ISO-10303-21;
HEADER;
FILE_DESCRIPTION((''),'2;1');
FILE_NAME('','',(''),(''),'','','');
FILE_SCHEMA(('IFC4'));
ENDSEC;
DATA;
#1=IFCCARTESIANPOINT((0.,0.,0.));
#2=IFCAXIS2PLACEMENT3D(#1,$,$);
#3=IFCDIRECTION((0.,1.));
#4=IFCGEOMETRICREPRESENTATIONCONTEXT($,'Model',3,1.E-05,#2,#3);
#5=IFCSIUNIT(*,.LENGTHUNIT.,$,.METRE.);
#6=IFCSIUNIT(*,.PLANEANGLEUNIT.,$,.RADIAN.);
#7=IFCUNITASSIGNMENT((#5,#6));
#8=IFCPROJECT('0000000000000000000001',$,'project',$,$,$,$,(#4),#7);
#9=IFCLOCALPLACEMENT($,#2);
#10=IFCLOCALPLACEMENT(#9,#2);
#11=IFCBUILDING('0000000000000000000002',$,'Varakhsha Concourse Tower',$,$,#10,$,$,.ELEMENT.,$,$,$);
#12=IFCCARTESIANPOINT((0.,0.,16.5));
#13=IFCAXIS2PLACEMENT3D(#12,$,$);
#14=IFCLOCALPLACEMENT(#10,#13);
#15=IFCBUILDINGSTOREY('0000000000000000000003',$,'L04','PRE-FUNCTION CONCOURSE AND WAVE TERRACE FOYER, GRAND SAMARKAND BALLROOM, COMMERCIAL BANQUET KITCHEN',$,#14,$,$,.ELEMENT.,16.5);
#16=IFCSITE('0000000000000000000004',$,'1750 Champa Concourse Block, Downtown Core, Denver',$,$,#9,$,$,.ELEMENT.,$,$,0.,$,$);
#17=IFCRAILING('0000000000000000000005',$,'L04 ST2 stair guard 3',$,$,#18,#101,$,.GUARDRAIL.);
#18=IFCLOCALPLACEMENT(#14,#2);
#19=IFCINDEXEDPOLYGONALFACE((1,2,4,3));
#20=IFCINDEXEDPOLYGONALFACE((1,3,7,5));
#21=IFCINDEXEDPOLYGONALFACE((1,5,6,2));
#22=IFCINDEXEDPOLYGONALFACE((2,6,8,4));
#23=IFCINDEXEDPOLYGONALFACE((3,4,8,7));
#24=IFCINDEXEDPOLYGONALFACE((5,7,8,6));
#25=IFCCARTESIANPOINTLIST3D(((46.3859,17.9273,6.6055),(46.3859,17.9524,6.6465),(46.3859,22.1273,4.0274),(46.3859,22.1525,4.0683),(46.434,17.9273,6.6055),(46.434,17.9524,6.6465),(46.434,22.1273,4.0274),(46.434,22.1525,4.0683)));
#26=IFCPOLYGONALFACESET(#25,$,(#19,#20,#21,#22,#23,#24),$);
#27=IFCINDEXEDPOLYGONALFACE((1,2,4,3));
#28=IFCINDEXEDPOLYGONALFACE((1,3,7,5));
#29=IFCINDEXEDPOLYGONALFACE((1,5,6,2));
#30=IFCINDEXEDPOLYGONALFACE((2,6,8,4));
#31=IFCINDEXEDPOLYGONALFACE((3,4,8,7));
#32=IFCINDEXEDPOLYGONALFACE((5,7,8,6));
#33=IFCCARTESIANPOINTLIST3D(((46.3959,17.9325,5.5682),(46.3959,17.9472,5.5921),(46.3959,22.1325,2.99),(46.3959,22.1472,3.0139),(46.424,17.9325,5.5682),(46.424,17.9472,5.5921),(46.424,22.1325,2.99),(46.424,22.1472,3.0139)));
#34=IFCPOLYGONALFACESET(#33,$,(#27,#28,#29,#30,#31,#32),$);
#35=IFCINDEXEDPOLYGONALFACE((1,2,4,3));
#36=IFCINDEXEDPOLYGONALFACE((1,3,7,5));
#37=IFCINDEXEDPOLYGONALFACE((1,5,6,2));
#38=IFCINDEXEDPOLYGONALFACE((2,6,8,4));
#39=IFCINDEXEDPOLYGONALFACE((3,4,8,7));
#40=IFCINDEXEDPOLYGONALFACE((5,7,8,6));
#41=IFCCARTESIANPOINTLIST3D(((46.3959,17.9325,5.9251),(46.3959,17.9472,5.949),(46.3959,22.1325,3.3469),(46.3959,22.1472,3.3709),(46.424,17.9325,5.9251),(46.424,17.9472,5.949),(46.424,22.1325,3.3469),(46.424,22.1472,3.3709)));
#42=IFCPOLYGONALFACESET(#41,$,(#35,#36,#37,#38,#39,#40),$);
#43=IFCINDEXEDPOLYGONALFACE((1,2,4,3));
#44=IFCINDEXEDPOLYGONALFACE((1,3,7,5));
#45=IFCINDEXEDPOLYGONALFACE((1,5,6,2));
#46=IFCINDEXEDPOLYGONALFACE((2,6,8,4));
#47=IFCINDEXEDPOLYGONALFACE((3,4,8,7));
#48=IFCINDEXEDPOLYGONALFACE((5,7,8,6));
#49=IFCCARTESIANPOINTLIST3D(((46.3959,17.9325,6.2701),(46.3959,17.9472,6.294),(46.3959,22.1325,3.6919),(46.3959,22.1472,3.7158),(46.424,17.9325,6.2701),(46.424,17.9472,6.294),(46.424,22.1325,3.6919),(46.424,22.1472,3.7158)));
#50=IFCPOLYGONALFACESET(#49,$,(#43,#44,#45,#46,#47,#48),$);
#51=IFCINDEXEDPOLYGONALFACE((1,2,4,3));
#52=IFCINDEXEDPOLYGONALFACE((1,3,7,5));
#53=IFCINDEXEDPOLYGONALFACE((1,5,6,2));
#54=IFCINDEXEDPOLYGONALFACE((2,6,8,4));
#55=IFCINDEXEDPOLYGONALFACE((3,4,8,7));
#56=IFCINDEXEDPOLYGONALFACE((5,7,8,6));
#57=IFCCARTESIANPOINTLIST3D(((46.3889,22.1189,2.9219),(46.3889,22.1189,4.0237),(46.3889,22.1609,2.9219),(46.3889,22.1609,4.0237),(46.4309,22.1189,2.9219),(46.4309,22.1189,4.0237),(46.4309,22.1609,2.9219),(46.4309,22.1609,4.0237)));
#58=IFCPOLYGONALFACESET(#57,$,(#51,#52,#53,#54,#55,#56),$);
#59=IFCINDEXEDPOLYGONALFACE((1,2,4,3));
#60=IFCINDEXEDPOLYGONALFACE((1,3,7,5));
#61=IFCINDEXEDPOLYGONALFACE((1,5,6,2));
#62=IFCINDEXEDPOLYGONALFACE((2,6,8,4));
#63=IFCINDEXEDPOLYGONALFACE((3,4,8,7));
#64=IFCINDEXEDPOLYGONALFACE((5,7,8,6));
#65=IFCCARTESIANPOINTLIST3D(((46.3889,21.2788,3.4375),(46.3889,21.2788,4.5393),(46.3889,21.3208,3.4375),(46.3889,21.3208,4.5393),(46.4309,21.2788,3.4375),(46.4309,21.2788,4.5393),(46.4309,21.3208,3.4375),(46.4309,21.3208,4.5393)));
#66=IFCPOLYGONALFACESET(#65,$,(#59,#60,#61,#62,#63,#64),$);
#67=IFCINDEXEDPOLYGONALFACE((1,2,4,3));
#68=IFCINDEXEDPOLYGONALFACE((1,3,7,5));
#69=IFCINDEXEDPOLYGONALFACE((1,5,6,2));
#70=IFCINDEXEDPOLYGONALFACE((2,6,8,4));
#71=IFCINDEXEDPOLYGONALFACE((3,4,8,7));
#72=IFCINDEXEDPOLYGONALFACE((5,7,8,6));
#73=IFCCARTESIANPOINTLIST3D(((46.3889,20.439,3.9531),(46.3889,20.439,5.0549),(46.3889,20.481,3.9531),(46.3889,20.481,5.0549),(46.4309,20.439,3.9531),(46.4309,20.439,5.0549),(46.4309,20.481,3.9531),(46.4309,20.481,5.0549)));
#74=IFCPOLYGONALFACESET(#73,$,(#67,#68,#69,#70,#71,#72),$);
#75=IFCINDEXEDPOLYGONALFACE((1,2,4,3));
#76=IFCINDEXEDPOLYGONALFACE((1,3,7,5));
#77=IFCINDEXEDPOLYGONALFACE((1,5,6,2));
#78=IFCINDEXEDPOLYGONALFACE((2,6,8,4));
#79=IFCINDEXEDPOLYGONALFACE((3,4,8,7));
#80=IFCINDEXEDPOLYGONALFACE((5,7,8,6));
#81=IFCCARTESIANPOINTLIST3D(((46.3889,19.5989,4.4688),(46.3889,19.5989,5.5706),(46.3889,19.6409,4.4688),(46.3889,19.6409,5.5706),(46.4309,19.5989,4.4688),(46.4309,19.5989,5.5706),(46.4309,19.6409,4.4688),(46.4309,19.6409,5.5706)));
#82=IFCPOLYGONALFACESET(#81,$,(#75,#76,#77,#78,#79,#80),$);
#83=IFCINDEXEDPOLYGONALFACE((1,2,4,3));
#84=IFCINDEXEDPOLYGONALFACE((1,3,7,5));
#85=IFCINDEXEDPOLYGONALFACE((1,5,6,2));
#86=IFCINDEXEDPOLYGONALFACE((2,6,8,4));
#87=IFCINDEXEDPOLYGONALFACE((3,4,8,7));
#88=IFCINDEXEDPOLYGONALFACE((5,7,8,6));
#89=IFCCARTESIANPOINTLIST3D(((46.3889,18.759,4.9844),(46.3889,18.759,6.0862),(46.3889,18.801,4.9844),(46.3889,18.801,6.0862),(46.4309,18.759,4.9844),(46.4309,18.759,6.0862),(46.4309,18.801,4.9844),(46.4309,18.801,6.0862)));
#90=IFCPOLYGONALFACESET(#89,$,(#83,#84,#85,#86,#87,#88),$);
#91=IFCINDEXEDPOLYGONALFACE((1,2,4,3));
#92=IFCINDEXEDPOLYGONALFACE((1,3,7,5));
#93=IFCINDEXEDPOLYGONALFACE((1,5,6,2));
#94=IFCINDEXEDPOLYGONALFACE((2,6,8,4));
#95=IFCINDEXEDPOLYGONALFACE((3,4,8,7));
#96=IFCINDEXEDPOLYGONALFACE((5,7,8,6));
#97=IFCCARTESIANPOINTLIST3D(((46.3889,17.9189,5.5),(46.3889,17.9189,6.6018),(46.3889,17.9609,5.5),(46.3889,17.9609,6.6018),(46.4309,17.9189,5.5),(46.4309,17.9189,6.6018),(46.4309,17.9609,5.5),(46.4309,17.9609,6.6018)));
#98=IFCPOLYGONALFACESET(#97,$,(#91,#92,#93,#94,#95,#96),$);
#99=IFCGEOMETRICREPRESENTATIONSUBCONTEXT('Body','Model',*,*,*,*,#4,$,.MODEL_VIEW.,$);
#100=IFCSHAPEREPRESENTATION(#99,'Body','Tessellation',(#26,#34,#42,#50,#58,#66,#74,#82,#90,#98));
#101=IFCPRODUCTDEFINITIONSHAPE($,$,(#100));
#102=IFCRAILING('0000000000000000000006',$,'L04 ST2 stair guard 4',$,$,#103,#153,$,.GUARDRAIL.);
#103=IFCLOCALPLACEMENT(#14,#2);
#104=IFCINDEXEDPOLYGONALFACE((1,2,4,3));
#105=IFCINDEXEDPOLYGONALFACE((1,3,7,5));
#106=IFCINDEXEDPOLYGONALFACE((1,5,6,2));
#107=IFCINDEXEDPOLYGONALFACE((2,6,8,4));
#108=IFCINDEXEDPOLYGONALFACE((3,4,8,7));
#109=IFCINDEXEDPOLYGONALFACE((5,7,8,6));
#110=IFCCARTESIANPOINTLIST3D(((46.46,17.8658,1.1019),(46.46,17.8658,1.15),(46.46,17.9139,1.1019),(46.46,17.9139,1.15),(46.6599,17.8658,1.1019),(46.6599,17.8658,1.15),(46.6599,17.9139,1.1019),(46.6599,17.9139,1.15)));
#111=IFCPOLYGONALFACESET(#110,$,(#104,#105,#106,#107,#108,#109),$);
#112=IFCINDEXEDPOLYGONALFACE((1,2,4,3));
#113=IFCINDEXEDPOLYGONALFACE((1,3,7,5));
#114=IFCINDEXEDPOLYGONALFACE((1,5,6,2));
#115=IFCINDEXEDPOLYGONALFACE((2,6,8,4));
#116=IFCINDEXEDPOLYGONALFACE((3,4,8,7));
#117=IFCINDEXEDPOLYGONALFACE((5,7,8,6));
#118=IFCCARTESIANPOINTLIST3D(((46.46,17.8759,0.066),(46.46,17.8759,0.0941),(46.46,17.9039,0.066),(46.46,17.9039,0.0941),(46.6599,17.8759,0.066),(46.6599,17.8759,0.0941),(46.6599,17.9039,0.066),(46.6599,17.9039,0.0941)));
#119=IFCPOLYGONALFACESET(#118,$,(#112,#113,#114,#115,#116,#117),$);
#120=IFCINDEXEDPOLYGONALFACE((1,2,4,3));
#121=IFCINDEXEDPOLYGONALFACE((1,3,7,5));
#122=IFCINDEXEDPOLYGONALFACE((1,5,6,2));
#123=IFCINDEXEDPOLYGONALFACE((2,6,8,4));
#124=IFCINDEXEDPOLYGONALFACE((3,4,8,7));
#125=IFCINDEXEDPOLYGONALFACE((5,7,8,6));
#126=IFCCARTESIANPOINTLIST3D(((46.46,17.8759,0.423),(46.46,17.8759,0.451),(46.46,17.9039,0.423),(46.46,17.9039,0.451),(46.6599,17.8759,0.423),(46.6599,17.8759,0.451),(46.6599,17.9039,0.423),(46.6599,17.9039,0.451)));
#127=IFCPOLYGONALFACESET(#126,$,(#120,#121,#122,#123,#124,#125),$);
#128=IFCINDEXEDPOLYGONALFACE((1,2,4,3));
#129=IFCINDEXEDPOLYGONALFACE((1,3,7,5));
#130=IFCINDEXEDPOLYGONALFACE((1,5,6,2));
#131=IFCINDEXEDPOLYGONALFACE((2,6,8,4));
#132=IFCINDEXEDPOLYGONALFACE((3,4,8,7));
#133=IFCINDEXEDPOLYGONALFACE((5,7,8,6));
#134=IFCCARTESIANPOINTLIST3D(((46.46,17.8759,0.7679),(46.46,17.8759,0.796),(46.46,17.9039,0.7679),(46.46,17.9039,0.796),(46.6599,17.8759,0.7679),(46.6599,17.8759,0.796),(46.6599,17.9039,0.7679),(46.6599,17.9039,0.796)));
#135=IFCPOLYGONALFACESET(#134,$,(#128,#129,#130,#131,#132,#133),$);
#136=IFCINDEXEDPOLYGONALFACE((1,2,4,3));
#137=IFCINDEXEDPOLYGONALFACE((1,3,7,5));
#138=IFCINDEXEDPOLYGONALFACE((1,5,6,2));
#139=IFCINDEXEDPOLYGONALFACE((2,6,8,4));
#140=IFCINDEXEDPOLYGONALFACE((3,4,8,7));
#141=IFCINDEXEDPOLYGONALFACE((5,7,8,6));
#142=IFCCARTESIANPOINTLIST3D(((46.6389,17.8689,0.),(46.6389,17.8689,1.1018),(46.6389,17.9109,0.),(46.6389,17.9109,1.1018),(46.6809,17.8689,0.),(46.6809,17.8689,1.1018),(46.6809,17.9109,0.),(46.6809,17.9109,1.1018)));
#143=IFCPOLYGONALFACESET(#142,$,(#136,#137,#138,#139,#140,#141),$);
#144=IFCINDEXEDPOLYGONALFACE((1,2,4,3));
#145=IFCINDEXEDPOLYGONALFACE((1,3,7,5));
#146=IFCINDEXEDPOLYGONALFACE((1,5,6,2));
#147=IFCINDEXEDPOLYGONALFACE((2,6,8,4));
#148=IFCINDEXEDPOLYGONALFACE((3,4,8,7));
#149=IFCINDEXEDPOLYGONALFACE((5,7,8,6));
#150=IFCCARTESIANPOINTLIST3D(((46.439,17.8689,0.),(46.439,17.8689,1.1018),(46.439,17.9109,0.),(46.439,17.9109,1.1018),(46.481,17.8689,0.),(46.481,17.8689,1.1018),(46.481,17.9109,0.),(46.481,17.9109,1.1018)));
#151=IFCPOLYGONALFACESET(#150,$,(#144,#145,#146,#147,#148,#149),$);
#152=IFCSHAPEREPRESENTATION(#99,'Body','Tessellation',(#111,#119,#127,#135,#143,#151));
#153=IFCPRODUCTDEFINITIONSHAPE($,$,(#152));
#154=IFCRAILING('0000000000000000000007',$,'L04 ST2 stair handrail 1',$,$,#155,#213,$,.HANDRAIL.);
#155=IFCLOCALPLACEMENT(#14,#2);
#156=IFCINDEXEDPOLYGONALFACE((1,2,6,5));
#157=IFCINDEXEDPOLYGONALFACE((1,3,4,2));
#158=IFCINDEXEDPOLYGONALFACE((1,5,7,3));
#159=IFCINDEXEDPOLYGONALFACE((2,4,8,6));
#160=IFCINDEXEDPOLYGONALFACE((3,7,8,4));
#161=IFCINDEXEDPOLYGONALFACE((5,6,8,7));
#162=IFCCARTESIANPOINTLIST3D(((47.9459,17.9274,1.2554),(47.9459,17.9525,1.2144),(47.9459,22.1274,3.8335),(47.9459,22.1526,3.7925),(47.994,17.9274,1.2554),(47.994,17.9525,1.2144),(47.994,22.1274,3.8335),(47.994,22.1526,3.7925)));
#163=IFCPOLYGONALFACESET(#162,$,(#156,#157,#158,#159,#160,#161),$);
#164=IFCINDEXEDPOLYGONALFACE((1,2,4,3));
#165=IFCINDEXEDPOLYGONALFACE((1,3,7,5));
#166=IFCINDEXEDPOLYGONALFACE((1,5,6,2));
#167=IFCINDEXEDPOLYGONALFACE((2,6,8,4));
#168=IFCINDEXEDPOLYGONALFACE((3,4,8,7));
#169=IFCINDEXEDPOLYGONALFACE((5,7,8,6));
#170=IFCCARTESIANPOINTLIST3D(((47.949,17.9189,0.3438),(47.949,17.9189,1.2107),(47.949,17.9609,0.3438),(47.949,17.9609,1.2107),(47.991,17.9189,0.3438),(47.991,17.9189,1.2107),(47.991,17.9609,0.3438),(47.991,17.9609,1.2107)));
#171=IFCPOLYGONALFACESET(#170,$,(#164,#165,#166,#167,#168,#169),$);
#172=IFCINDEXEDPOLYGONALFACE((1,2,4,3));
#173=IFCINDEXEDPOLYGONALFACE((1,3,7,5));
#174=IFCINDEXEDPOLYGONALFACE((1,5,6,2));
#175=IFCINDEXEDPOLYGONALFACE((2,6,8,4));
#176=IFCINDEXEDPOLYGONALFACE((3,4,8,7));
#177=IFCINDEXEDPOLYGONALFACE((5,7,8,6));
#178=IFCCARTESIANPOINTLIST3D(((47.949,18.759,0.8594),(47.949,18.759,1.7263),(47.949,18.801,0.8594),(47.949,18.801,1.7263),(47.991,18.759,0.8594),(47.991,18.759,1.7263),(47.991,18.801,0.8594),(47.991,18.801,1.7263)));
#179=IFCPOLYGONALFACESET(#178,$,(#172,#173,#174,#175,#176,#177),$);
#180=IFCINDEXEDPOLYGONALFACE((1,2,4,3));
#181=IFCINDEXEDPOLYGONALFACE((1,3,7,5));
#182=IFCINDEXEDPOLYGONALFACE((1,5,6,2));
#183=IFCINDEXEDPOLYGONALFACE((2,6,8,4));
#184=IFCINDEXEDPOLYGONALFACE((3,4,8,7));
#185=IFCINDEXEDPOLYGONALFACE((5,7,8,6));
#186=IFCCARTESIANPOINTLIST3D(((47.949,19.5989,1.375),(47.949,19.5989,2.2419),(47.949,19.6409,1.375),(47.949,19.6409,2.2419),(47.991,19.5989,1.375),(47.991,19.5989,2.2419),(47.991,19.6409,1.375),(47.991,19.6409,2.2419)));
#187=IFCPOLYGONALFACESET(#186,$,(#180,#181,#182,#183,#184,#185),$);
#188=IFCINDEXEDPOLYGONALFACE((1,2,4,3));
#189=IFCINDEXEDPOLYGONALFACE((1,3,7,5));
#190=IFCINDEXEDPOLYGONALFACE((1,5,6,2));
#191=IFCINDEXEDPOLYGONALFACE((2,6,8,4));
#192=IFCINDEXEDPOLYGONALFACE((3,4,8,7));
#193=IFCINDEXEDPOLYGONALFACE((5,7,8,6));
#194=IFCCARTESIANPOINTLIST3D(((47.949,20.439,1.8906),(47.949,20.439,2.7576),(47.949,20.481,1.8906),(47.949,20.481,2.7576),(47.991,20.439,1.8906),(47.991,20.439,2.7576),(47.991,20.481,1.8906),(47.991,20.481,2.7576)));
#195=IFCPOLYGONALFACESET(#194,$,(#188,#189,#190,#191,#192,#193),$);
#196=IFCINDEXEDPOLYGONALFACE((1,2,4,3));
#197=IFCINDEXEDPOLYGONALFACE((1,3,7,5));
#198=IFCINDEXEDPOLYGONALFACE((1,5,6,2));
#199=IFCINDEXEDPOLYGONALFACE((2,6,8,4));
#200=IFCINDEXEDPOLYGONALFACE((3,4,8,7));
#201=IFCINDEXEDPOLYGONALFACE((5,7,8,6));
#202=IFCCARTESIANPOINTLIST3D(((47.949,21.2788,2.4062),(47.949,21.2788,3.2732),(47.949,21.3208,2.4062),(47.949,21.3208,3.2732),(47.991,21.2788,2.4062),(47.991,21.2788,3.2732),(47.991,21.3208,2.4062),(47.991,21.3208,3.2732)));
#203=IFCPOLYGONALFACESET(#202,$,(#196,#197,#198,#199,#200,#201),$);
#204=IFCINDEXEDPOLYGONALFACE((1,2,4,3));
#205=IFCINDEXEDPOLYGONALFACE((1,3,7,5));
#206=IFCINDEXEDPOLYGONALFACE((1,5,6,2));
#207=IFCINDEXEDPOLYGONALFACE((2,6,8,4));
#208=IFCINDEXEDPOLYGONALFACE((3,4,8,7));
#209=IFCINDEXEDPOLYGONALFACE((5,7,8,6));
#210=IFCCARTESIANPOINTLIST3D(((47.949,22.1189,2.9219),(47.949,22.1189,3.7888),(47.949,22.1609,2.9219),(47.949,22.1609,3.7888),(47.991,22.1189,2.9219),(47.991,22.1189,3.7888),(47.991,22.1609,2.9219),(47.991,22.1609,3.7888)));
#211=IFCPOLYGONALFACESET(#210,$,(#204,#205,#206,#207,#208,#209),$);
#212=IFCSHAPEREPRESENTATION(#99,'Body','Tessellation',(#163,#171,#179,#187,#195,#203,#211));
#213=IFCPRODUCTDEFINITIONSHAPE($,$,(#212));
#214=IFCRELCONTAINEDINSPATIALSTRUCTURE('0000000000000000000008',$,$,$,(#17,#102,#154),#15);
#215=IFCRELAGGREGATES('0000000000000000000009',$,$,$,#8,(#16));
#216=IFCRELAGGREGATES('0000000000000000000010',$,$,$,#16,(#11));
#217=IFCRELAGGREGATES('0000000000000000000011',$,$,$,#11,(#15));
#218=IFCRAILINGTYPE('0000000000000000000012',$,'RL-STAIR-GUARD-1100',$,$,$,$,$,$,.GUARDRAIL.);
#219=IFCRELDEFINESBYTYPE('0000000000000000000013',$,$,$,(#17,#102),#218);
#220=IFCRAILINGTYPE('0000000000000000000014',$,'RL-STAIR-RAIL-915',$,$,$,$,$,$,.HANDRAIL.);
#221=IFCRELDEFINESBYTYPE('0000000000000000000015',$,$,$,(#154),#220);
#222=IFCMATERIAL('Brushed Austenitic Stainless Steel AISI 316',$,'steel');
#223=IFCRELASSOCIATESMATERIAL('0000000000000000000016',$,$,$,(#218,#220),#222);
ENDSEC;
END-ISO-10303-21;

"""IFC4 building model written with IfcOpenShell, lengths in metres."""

from ifc_helpers import new_model, si_unit, direction, frame, origin, origin_2d, place, context, subcontext, project, spatial, rectangle, extrude, material, type_object, element, save


model = new_model("IFC4")

# Units and contexts
model_context = context("Model", 3, precision=1e-05, world=origin(), true_north=direction((0.0, 1.0)))
body_context = subcontext(model_context, "Body", "Model", "MODEL_VIEW")
ifc_project = project(units=[si_unit("LENGTHUNIT", "METRE"), si_unit("PLANEANGLEUNIT", "RADIAN")], contexts=[model_context])

# Site, building, storey
site_placement = place(None, origin())
site = spatial("IfcSite", under=ifc_project, at=site_placement, Name="1750 Champa Concourse Block, Downtown Core, Denver", CompositionType="ELEMENT", RefElevation=0.0)
building_placement = place(site_placement, origin())
building = spatial("IfcBuilding", under=site, at=building_placement, Name="Varakhsha Concourse Tower", CompositionType="ELEMENT")
storey_placement = place(building_placement, frame((0.0, 0.0, 16.5)))
storey = spatial("IfcBuildingStorey", under=building, at=storey_placement, Name="L04", Description="PRE-FUNCTION CONCOURSE AND WAVE TERRACE FOYER, GRAND SAMARKAND BALLROOM, COMMERCIAL BANQUET KITCHEN", CompositionType="ELEMENT", Elevation=16.5)

# Railings
ifc_material_1 = material(Name="Brushed Austenitic Stainless Steel AISI 316", Category="steel")
railing_type_1 = type_object("IfcRailingType", Name="RL-STAIR-GUARD-1100", PredefinedType="GUARDRAIL", material=ifc_material_1)
railing_1_placement = place(storey_placement, frame((46.4099, 22.1399, 2.9219)))
element("IfcRailing", 1, at=railing_1_placement, inside=storey, type_object=railing_type_1, Name="L04 ST2 stair guard 3", PredefinedType="GUARDRAIL", context=body_context, shape_type="SweptSolid", body=[
    extrude(rectangle(XDim=0.0481, YDim=0.0481, at=origin_2d()), frame((0.0, 0.0, 1.126), z_axis=(0.0, -0.852243, 0.523146), x_axis=(1.0, 0.0, 0.0)), (0.0, 0.0, 1.0), 4.9282),
    extrude(rectangle(XDim=0.0281, YDim=0.0281, at=origin_2d()), frame((0.0, 0.0, 0.0801), z_axis=(0.0, -0.852243, 0.523146), x_axis=(1.0, 0.0, 0.0)), (0.0, 0.0, 1.0), 4.9282),
    extrude(rectangle(XDim=0.0281, YDim=0.0281, at=origin_2d()), frame((0.0, 0.0, 0.437), z_axis=(0.0, -0.852243, 0.523146), x_axis=(1.0, 0.0, 0.0)), (0.0, 0.0, 1.0), 4.9282),
    extrude(rectangle(XDim=0.0281, YDim=0.0281, at=origin_2d()), frame((0.0, 0.0, 0.782), z_axis=(0.0, -0.852243, 0.523146), x_axis=(1.0, 0.0, 0.0)), (0.0, 0.0, 1.0), 4.9282),
    extrude(rectangle(XDim=0.042, YDim=0.042, at=origin_2d()), origin(), (0.0, 0.0, 1.0), 1.1018),
    extrude(rectangle(XDim=0.042, YDim=0.042, at=origin_2d()), frame((0.0, -0.8401, 0.5156)), (0.0, 0.0, 1.0), 1.1018),
    extrude(rectangle(XDim=0.042, YDim=0.042, at=origin_2d()), frame((0.0, -1.6799, 1.0312)), (0.0, 0.0, 1.0), 1.1018),
    extrude(rectangle(XDim=0.042, YDim=0.042, at=origin_2d()), frame((0.0, -2.52, 1.5469)), (0.0, 0.0, 1.0), 1.1018),
    extrude(rectangle(XDim=0.042, YDim=0.042, at=origin_2d()), frame((0.0, -3.3599, 2.0625)), (0.0, 0.0, 1.0), 1.1018),
    extrude(rectangle(XDim=0.042, YDim=0.042, at=origin_2d()), frame((0.0, -4.2, 2.5781)), (0.0, 0.0, 1.0), 1.1018),
])
railing_2_placement = place(storey_placement, frame((46.6599, 17.8899, 0.0)))
element("IfcRailing", 2, at=railing_2_placement, inside=storey, type_object=railing_type_1, Name="L04 ST2 stair guard 4", PredefinedType="GUARDRAIL", context=body_context, shape_type="SweptSolid", body=[
    extrude(rectangle(XDim=0.0481, YDim=0.0481, at=origin_2d()), frame((0.0, 0.0, 1.126), z_axis=(-1.0, 0.0, 0.0), x_axis=(0.0, -1.0, 0.0)), (0.0, 0.0, 1.0), 0.2),
    extrude(rectangle(XDim=0.0281, YDim=0.0281, at=origin_2d()), frame((0.0, 0.0, 0.0801), z_axis=(-1.0, 0.0, 0.0), x_axis=(0.0, -1.0, 0.0)), (0.0, 0.0, 1.0), 0.2),
    extrude(rectangle(XDim=0.0281, YDim=0.0281, at=origin_2d()), frame((0.0, 0.0, 0.437), z_axis=(-1.0, 0.0, 0.0), x_axis=(0.0, -1.0, 0.0)), (0.0, 0.0, 1.0), 0.2),
    extrude(rectangle(XDim=0.0281, YDim=0.0281, at=origin_2d()), frame((0.0, 0.0, 0.782), z_axis=(-1.0, 0.0, 0.0), x_axis=(0.0, -1.0, 0.0)), (0.0, 0.0, 1.0), 0.2),
    extrude(rectangle(XDim=0.042, YDim=0.042, at=origin_2d()), origin(), (0.0, 0.0, 1.0), 1.1018),
    extrude(rectangle(XDim=0.042, YDim=0.042, at=origin_2d()), frame((-0.2, 0.0, 0.0)), (0.0, 0.0, 1.0), 1.1018),
])
railing_type_2 = type_object("IfcRailingType", Name="RL-STAIR-RAIL-915", PredefinedType="HANDRAIL", material=ifc_material_1)
railing_3_placement = place(storey_placement, frame((47.97, 17.9399, 0.3438)))
element("IfcRailing", 3, at=railing_3_placement, inside=storey, type_object=railing_type_2, Name="L04 ST2 stair handrail 1", PredefinedType="HANDRAIL", context=body_context, shape_type="SweptSolid", body=[
    extrude(rectangle(XDim=0.0481, YDim=0.0481, at=origin_2d()), frame((0.0, 0.0, 0.8911), z_axis=(0.0, 0.852243, 0.523146), x_axis=(-1.0, 0.0, 0.0)), (0.0, 0.0, 1.0), 4.9282),
    extrude(rectangle(XDim=0.042, YDim=0.042, at=origin_2d()), origin(), (0.0, 0.0, 1.0), 0.8669),
    extrude(rectangle(XDim=0.042, YDim=0.042, at=origin_2d()), frame((0.0, 0.8401, 0.5156)), (0.0, 0.0, 1.0), 0.8669),
    extrude(rectangle(XDim=0.042, YDim=0.042, at=origin_2d()), frame((0.0, 1.6799, 1.0312)), (0.0, 0.0, 1.0), 0.8669),
    extrude(rectangle(XDim=0.042, YDim=0.042, at=origin_2d()), frame((0.0, 2.52, 1.5469)), (0.0, 0.0, 1.0), 0.8669),
    extrude(rectangle(XDim=0.042, YDim=0.042, at=origin_2d()), frame((0.0, 3.3599, 2.0625)), (0.0, 0.0, 1.0), 0.8669),
    extrude(rectangle(XDim=0.042, YDim=0.042, at=origin_2d()), frame((0.0, 4.2, 2.5781)), (0.0, 0.0, 1.0), 0.8669),
])

save(model, "model.ifc")
